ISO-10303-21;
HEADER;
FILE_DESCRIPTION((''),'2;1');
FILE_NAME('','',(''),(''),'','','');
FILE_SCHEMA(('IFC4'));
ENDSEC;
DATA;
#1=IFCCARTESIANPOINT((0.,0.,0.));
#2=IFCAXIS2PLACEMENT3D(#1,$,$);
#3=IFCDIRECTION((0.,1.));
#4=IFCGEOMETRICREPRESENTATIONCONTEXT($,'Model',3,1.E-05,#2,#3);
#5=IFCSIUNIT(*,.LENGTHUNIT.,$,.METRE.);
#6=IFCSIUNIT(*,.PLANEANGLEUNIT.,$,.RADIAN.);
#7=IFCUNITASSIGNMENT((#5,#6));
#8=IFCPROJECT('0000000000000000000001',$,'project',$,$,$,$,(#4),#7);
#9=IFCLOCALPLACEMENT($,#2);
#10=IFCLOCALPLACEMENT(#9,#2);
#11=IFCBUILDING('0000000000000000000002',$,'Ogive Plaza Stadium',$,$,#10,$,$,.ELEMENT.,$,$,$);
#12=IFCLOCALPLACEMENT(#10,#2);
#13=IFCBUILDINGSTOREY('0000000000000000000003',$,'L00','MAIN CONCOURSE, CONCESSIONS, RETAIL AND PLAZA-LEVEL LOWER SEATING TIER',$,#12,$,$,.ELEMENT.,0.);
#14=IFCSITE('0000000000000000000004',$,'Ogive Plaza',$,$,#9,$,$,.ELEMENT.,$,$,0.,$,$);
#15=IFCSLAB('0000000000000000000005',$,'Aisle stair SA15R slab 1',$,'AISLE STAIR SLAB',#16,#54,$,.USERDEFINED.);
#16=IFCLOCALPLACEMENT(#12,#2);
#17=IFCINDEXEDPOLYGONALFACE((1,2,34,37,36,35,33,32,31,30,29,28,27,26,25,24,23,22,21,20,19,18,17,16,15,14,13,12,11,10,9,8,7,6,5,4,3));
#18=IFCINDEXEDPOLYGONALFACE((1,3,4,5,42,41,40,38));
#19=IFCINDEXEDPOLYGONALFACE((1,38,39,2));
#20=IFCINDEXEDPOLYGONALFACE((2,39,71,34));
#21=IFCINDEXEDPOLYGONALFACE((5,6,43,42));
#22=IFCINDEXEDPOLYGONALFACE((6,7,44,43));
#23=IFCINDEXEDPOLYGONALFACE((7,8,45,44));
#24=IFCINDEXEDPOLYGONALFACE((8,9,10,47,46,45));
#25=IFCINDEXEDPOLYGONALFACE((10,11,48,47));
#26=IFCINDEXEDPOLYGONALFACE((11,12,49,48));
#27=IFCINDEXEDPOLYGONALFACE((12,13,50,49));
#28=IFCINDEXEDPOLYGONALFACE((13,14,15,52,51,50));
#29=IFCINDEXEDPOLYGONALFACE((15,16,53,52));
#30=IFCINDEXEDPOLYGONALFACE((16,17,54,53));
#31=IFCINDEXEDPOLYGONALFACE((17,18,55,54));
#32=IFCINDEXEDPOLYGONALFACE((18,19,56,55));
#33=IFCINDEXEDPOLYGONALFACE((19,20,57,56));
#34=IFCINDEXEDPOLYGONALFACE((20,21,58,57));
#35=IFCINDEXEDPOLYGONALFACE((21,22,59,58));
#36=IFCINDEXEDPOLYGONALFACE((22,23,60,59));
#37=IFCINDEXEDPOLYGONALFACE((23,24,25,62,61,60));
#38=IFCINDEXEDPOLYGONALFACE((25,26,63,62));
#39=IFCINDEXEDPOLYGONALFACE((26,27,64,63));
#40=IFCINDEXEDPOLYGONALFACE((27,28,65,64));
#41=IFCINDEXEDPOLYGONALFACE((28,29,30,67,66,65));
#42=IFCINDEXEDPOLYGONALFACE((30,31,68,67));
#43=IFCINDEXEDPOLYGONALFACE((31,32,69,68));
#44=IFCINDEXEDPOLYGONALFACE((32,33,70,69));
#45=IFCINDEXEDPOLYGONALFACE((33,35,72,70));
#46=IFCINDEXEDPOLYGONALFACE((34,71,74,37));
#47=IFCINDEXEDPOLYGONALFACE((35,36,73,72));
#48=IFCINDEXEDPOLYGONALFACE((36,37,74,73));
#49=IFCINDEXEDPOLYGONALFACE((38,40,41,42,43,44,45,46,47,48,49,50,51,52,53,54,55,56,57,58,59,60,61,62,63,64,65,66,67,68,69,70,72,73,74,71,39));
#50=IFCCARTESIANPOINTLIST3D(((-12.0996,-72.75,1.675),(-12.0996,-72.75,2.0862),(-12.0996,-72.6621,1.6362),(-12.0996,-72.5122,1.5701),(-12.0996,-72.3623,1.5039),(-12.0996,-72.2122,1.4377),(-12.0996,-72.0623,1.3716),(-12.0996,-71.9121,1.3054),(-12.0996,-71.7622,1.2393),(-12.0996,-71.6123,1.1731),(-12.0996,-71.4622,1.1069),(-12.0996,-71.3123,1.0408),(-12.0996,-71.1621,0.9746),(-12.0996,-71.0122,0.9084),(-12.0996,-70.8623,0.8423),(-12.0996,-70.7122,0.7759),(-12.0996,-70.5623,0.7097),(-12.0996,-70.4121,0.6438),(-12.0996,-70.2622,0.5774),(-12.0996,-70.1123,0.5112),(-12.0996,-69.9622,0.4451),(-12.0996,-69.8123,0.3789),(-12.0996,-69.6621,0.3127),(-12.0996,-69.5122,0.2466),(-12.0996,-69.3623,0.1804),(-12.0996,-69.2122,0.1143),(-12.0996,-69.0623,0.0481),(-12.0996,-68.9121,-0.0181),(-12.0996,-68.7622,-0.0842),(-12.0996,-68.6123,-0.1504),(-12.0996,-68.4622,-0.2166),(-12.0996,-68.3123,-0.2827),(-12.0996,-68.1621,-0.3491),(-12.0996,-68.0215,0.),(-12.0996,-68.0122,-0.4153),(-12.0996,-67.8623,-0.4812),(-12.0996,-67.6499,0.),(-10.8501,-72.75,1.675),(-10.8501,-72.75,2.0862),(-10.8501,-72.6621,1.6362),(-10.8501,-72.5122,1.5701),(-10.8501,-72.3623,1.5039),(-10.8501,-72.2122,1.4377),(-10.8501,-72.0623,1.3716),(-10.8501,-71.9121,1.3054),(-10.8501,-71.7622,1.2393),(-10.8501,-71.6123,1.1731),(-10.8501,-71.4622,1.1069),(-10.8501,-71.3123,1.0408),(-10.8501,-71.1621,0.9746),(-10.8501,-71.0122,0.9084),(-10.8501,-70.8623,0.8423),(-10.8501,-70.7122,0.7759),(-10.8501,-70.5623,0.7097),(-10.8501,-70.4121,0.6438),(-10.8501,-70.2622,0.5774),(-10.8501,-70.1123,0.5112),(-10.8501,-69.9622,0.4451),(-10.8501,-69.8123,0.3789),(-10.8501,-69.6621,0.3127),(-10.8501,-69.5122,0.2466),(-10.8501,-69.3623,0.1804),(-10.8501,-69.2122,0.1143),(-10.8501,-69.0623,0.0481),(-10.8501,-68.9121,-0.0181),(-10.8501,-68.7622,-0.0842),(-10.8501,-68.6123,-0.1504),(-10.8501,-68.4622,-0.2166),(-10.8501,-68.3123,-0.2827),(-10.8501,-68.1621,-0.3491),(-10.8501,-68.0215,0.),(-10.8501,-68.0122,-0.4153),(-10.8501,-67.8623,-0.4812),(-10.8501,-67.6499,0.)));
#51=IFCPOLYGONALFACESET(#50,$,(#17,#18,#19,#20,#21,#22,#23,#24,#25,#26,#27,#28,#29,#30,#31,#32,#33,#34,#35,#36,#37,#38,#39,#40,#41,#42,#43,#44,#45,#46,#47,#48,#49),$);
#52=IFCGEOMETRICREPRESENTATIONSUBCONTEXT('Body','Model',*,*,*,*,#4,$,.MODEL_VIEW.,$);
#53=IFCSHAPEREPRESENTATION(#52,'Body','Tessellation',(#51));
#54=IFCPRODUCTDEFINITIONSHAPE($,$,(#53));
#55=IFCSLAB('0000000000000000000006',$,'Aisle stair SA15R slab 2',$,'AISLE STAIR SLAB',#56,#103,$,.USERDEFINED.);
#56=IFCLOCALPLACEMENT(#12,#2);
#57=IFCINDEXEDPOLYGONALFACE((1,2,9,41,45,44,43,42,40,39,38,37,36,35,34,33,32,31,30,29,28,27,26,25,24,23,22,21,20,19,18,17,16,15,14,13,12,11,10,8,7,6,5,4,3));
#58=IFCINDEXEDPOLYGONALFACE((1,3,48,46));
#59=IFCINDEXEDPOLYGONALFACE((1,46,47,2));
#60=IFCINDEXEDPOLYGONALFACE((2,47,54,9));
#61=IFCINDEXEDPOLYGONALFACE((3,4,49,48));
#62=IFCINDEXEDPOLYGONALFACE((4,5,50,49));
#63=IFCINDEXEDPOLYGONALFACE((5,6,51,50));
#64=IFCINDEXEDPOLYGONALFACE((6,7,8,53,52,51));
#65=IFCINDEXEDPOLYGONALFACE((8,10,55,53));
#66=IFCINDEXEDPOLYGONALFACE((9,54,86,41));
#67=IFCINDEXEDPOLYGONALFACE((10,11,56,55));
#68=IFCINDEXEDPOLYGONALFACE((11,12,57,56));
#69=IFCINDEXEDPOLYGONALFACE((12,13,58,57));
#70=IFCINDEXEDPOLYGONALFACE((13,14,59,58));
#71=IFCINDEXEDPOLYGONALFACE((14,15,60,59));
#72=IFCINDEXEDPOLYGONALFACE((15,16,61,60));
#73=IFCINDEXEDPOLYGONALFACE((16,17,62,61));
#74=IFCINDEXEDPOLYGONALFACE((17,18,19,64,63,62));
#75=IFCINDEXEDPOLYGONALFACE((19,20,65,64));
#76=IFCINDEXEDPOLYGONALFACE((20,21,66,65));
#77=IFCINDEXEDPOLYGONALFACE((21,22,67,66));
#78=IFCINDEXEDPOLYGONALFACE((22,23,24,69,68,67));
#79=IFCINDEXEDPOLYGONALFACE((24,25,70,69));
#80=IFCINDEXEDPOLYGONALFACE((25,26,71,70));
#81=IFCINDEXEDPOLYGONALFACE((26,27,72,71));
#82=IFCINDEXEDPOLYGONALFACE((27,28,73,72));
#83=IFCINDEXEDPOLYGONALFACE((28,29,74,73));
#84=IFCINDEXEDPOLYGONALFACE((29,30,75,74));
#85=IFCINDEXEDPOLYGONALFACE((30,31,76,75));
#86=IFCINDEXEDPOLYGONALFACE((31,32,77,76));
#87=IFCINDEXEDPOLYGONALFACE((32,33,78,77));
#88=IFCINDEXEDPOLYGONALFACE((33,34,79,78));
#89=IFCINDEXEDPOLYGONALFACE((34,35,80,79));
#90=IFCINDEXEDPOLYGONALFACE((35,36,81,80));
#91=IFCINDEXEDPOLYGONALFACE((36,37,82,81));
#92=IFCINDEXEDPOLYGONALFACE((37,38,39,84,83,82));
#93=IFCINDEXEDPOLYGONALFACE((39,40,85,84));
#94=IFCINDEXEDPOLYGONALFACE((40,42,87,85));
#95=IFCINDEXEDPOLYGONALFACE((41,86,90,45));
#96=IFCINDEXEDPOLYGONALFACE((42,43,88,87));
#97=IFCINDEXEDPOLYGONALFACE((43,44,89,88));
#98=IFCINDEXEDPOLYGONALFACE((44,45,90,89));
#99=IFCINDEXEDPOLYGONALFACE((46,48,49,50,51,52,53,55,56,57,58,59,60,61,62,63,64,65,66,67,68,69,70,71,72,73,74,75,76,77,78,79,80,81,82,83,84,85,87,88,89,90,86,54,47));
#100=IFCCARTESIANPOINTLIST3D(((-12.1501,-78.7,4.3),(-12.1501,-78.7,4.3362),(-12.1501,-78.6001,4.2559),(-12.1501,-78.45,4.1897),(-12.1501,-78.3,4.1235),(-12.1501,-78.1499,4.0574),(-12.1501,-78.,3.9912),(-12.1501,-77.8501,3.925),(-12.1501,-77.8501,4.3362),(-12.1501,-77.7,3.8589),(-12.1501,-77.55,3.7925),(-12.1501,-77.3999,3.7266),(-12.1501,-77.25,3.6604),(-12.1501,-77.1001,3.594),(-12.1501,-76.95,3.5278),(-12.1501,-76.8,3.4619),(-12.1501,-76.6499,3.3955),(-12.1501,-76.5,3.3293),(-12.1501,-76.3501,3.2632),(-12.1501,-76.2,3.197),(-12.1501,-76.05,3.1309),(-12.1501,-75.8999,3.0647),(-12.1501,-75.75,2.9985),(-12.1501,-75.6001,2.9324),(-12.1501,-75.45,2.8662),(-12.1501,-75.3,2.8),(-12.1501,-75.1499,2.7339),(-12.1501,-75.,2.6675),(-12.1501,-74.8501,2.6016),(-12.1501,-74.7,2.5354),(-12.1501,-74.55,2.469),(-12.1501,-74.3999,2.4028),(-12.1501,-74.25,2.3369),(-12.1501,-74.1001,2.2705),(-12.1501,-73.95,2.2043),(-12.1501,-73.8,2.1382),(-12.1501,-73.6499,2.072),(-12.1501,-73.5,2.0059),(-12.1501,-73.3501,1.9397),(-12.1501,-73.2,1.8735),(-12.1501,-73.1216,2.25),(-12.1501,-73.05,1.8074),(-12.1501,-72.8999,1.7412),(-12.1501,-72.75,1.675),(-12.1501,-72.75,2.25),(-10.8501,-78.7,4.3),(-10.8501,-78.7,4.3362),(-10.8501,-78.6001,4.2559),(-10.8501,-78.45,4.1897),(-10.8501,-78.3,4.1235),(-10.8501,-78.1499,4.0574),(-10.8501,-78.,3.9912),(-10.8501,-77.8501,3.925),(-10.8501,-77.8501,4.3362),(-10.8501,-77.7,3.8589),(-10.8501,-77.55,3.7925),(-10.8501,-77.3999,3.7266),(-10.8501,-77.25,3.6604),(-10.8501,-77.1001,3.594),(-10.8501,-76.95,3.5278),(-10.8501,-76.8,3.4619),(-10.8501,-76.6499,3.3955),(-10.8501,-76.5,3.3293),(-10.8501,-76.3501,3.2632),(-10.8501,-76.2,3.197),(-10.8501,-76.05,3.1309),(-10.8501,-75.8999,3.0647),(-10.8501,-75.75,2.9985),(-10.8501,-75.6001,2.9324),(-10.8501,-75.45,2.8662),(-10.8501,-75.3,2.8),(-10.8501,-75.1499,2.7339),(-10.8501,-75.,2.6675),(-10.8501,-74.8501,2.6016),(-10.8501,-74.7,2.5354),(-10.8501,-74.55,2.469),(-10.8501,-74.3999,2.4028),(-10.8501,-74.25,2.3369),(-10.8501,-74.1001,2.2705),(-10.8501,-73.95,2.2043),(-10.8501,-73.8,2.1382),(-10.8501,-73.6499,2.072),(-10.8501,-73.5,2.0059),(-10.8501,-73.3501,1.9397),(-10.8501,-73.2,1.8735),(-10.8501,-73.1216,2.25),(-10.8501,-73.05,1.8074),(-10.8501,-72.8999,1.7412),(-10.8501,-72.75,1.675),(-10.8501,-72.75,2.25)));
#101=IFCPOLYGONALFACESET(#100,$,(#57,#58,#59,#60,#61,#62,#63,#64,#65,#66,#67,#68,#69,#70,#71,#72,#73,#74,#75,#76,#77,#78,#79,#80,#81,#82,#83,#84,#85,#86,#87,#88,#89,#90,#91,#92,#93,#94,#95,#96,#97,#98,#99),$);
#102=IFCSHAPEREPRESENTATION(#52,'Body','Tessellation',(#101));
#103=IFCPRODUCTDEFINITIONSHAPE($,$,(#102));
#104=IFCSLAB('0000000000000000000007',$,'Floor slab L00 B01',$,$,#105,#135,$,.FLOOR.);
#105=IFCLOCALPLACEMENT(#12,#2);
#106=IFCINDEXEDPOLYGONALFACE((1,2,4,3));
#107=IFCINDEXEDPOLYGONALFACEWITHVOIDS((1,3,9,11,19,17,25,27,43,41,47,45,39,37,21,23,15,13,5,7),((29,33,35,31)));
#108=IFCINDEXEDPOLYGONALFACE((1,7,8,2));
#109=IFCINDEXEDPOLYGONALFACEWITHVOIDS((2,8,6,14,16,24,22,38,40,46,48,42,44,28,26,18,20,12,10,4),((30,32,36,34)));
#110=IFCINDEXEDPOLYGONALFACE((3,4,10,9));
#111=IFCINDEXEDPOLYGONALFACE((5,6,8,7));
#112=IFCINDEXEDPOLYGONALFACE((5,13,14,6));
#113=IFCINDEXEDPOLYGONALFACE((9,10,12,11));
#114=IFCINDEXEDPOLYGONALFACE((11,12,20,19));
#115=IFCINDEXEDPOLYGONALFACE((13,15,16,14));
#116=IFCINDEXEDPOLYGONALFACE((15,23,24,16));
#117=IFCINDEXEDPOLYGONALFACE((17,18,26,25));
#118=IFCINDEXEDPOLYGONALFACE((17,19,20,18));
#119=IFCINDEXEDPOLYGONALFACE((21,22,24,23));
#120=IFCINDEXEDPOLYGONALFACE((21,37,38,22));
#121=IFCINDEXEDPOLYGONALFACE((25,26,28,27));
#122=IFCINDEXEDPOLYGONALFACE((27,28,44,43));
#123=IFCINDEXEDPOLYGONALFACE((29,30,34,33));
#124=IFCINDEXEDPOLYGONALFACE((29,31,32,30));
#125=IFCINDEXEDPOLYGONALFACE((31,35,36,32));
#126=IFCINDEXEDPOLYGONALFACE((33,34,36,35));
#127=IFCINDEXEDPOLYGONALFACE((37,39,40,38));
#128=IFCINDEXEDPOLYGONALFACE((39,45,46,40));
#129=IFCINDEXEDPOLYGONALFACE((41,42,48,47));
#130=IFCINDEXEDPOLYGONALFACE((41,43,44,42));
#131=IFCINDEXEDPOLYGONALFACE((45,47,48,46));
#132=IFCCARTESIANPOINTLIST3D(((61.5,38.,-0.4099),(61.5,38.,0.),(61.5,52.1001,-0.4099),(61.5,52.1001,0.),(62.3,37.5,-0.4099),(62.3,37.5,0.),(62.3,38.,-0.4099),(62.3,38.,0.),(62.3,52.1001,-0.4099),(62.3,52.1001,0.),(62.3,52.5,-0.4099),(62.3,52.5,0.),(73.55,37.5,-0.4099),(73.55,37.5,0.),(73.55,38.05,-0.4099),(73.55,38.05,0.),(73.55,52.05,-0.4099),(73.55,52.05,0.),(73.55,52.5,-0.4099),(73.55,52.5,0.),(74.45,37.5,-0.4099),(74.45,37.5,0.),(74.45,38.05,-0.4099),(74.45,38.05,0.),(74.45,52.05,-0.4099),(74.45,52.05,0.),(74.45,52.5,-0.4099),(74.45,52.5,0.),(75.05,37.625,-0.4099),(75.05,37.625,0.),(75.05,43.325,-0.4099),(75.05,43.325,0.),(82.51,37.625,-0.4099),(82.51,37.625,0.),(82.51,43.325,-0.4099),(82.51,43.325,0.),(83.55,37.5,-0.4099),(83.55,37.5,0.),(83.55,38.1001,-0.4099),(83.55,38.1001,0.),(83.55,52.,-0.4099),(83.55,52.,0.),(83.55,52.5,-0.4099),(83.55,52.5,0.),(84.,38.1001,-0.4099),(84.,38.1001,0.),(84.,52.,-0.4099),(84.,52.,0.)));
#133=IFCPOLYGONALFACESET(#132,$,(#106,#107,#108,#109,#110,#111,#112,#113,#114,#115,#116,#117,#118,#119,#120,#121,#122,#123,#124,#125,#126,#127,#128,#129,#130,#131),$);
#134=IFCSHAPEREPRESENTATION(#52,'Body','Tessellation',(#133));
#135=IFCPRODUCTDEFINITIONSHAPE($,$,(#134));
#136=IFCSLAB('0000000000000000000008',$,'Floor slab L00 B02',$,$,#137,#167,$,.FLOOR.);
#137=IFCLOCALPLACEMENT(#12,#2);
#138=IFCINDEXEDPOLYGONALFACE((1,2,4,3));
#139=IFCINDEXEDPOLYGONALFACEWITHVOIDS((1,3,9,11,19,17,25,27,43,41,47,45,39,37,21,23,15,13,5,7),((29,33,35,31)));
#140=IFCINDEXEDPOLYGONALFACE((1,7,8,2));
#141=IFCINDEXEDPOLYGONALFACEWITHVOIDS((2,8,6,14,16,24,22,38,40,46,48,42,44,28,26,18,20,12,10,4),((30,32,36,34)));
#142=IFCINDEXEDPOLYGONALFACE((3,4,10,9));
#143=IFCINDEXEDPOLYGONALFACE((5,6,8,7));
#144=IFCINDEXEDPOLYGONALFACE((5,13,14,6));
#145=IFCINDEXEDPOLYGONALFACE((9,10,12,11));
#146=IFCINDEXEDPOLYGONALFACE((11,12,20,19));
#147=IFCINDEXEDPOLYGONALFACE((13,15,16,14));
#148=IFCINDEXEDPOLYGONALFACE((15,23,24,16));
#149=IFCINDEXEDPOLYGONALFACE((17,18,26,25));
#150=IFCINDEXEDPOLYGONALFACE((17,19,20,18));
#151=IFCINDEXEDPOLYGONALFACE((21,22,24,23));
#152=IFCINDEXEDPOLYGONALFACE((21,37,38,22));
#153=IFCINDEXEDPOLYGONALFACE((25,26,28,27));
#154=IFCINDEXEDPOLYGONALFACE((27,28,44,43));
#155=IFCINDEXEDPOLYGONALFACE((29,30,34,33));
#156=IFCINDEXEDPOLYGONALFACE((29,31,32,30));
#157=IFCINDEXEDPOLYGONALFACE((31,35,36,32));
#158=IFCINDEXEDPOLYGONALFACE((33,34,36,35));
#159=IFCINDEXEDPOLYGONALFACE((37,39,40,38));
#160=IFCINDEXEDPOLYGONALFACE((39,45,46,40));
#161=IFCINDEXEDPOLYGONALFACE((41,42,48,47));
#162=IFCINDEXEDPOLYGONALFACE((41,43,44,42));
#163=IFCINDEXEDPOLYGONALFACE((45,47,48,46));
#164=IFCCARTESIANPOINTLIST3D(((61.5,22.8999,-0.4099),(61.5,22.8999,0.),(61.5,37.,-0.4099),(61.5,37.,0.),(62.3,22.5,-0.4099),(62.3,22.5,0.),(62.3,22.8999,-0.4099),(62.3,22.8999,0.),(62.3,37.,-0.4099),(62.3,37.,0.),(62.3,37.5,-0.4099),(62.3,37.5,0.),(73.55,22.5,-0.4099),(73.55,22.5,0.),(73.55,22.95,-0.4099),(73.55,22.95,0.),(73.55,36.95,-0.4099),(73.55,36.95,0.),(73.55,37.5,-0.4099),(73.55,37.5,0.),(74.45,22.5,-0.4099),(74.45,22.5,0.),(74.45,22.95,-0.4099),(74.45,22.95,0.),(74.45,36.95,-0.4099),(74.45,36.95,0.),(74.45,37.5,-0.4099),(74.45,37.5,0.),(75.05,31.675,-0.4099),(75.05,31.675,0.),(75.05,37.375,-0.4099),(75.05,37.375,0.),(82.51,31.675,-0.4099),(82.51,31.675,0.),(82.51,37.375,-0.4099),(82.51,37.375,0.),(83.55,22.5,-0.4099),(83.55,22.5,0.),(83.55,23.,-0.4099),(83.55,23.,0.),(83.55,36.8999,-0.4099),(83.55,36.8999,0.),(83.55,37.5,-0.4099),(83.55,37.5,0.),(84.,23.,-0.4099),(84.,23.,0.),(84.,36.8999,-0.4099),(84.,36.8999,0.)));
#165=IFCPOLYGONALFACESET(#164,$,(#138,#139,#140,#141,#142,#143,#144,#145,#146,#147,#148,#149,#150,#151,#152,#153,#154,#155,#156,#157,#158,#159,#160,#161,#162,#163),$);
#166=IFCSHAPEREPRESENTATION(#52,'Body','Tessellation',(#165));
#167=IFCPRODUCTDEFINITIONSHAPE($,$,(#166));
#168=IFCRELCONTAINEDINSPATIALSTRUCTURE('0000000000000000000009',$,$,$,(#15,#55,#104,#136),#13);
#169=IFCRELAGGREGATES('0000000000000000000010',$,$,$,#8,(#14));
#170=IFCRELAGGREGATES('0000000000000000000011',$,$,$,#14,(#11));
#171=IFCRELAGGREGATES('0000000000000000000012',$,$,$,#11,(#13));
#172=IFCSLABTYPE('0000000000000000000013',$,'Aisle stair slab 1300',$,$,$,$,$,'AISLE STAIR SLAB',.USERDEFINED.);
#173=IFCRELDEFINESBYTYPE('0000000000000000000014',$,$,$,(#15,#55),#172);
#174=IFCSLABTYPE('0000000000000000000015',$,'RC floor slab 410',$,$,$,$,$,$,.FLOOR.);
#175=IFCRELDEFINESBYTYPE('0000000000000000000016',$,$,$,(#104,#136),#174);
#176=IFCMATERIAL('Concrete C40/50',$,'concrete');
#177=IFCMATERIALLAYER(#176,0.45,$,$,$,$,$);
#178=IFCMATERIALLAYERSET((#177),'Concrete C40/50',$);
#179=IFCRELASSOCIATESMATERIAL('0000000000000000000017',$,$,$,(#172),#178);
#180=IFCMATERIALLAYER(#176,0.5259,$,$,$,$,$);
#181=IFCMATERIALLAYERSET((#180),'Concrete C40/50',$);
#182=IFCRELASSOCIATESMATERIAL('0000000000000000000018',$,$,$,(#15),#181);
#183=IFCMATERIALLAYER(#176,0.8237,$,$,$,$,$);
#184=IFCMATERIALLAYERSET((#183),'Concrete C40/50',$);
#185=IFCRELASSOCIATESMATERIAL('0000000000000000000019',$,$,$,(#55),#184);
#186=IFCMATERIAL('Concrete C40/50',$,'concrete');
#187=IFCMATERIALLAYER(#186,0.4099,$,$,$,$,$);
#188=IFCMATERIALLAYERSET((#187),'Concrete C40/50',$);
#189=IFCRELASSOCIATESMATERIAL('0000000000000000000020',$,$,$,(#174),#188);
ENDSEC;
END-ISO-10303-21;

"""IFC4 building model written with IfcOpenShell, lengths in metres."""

from ifc_helpers import new_model, si_unit, direction, frame, origin, place, context, subcontext, project, spatial, polyline, outline, extrude, material, layer, layer_set, type_object, element, save


model = new_model("IFC4")

# Units and contexts
model_context = context("Model", 3, precision=1e-05, world=origin(), true_north=direction((0.0, 1.0)))
body_context = subcontext(model_context, "Body", "Model", "MODEL_VIEW")
ifc_project = project(units=[si_unit("LENGTHUNIT", "METRE"), si_unit("PLANEANGLEUNIT", "RADIAN")], contexts=[model_context])

# Site, building, storey
site_placement = place(None, origin())
site = spatial("IfcSite", under=ifc_project, at=site_placement, Name="Ogive Plaza", CompositionType="ELEMENT", RefElevation=0.0)
building_placement = place(site_placement, origin())
building = spatial("IfcBuilding", under=site, at=building_placement, Name="Ogive Plaza Stadium", CompositionType="ELEMENT")
storey_placement = place(building_placement, origin())
storey = spatial("IfcBuildingStorey", under=building, at=storey_placement, Name="L00", Description="MAIN CONCOURSE, CONCESSIONS, RETAIL AND PLAZA-LEVEL LOWER SEATING TIER", CompositionType="ELEMENT", Elevation=0.0)

# Slabs
ifc_material_1 = material(Name="Concrete C40/50", Category="concrete")
ifc_layer_1 = layer(ifc_material_1, 0.5259)
ifc_layer_set_1 = layer_set([ifc_layer_1], Name="Concrete C40/50")
ifc_layer_2 = layer(ifc_material_1, 0.45)
ifc_layer_set_2 = layer_set([ifc_layer_2], Name="Concrete C40/50")
slab_type_1 = type_object("IfcSlabType", Name="Aisle stair slab 1300", ElementType="AISLE STAIR SLAB", PredefinedType="USERDEFINED", material=ifc_layer_set_2)
ifc_layer_3 = layer(ifc_material_1, 0.8237)
ifc_layer_set_3 = layer_set([ifc_layer_3], Name="Concrete C40/50")
for number, where, z_axis, x_axis, name in (
    (1, (-11.4749, -67.6499, 0.0), (0.0, 0.0, 1.0), (0.0, -1.0, 0.0), "Aisle stair SA15R slab 1"),
):
    element("IfcSlab", number, at=place(storey_placement, frame(where, z_axis=z_axis, x_axis=x_axis)), inside=storey, type_object=slab_type_1, material=ifc_layer_set_1, Name=name, ObjectType="AISLE STAIR SLAB", PredefinedType="USERDEFINED", context=body_context, shape_type="SweptSolid", body=[
        extrude(outline(polyline([(0.0, 0.0), (0.3716, 0.0), (5.1001, 2.0862), (5.1001, 1.675), (5.0122, 1.6362), (4.8623, 1.5701), (4.7124, 1.5039), (4.5623, 1.4377), (4.4124, 1.3716), (4.2622, 1.3054), (4.1123, 1.2393), (3.9624, 1.1731), (3.8123, 1.1069), (3.6624, 1.0408), (3.5122, 0.9746), (3.3623, 0.9084), (3.2124, 0.8423), (3.0623, 0.7759), (2.9124, 0.7097), (2.7622, 0.6438), (2.6123, 0.5774), (2.4624, 0.5112), (2.3123, 0.4451), (2.1624, 0.3789), (2.0122, 0.3127), (1.8623, 0.2466), (1.7124, 0.1804), (1.5623, 0.1143), (1.4124, 0.0481), (1.2622, -0.0181), (1.1123, -0.0842), (0.9624, -0.1504), (0.8123, -0.2166), (0.6624, -0.2827), (0.5122, -0.3491), (0.3623, -0.4153), (0.2124, -0.4812), (0.0, 0.0)])), frame((0.0, 0.6248, 0.0), z_axis=(0.0, -1.0, 0.0), x_axis=(1.0, 0.0, 0.0)), (0.0, 0.0, 1.0), 1.2495),
    ])
slab_1_placement = place(storey_placement, frame((-11.5, -72.75, 0.0), z_axis=(0.0, 0.0, 1.0), x_axis=(0.0, -1.0, 0.0)))
element("IfcSlab", 2, at=slab_1_placement, inside=storey, type_object=slab_type_1, material=ifc_layer_set_3, Name="Aisle stair SA15R slab 2", ObjectType="AISLE STAIR SLAB", PredefinedType="USERDEFINED", context=body_context, shape_type="SweptSolid", body=[
    extrude(outline(polyline([(0.0, 2.25), (0.3716, 2.25), (5.1001, 4.3362), (5.95, 4.3362), (5.95, 4.3), (5.8501, 4.2559), (5.7, 4.1897), (5.55, 4.1235), (5.3999, 4.0574), (5.25, 3.9912), (5.1001, 3.925), (4.95, 3.8589), (4.8, 3.7925), (4.6499, 3.7266), (4.5, 3.6604), (4.3501, 3.594), (4.2, 3.5278), (4.05, 3.4619), (3.8999, 3.3955), (3.75, 3.3293), (3.6001, 3.2632), (3.45, 3.197), (3.3, 3.1309), (3.1499, 3.0647), (3.0, 2.9985), (2.8501, 2.9324), (2.7, 2.8662), (2.55, 2.8), (2.3999, 2.7339), (2.25, 2.6675), (2.1001, 2.6016), (1.95, 2.5354), (1.8, 2.469), (1.6499, 2.4028), (1.5, 2.3369), (1.3501, 2.2705), (1.2, 2.2043), (1.05, 2.1382), (0.8999, 2.072), (0.75, 2.0059), (0.6001, 1.9397), (0.45, 1.8735), (0.3, 1.8074), (0.1499, 1.7412), (0.0, 1.675), (0.0, 2.25)])), frame((0.0, 0.6499, 0.0), z_axis=(0.0, -1.0, 0.0), x_axis=(1.0, 0.0, 0.0)), (0.0, 0.0, 1.0), 1.3),
])
ifc_material_2 = material(Name="Concrete C40/50", Category="concrete")
ifc_layer_4 = layer(ifc_material_2, 0.4099)
ifc_layer_set_4 = layer_set([ifc_layer_4], Name="Concrete C40/50")
slab_type_2 = type_object("IfcSlabType", Name="RC floor slab 410", PredefinedType="FLOOR", material=ifc_layer_set_4)
slab_2_placement = place(storey_placement, frame((0.0, 0.0, -0.4099)))
element("IfcSlab", 3, at=slab_2_placement, inside=storey, type_object=slab_type_2, Name="Floor slab L00 B01", PredefinedType="FLOOR", context=body_context, shape_type="SweptSolid", body=[
    extrude(outline(polyline([(73.55, 37.5), (73.55, 38.05), (74.45, 38.05), (74.45, 37.5), (83.55, 37.5), (83.55, 38.1001), (84.0, 38.1001), (84.0, 52.0), (83.55, 52.0), (83.55, 52.5), (74.45, 52.5), (74.45, 52.05), (73.55, 52.05), (73.55, 52.5), (62.3, 52.5), (62.3, 52.1001), (61.5, 52.1001), (61.5, 38.0), (62.3, 38.0), (62.3, 37.5), (73.55, 37.5)]), holes=[polyline([(75.05, 37.625), (82.51, 37.625), (82.51, 43.325), (75.05, 43.325), (75.05, 37.625)])]), origin(), (0.0, 0.0, 1.0), 0.4099),
])
slab_3_placement = place(storey_placement, frame((0.0, 0.0, -0.4099)))
element("IfcSlab", 4, at=slab_3_placement, inside=storey, type_object=slab_type_2, Name="Floor slab L00 B02", PredefinedType="FLOOR", context=body_context, shape_type="SweptSolid", body=[
    extrude(outline(polyline([(73.55, 22.5), (73.55, 22.95), (74.45, 22.95), (74.45, 22.5), (83.55, 22.5), (83.55, 23.0), (84.0, 23.0), (84.0, 36.8999), (83.55, 36.8999), (83.55, 37.5), (74.45, 37.5), (74.45, 36.95), (73.55, 36.95), (73.55, 37.5), (62.3, 37.5), (62.3, 37.0), (61.5, 37.0), (61.5, 22.8999), (62.3, 22.8999), (62.3, 22.5), (73.55, 22.5)]), holes=[polyline([(75.05, 31.675), (82.51, 31.675), (82.51, 37.375), (75.05, 37.375), (75.05, 31.675)])]), origin(), (0.0, 0.0, 1.0), 0.4099),
])

save(model, "model.ifc")
